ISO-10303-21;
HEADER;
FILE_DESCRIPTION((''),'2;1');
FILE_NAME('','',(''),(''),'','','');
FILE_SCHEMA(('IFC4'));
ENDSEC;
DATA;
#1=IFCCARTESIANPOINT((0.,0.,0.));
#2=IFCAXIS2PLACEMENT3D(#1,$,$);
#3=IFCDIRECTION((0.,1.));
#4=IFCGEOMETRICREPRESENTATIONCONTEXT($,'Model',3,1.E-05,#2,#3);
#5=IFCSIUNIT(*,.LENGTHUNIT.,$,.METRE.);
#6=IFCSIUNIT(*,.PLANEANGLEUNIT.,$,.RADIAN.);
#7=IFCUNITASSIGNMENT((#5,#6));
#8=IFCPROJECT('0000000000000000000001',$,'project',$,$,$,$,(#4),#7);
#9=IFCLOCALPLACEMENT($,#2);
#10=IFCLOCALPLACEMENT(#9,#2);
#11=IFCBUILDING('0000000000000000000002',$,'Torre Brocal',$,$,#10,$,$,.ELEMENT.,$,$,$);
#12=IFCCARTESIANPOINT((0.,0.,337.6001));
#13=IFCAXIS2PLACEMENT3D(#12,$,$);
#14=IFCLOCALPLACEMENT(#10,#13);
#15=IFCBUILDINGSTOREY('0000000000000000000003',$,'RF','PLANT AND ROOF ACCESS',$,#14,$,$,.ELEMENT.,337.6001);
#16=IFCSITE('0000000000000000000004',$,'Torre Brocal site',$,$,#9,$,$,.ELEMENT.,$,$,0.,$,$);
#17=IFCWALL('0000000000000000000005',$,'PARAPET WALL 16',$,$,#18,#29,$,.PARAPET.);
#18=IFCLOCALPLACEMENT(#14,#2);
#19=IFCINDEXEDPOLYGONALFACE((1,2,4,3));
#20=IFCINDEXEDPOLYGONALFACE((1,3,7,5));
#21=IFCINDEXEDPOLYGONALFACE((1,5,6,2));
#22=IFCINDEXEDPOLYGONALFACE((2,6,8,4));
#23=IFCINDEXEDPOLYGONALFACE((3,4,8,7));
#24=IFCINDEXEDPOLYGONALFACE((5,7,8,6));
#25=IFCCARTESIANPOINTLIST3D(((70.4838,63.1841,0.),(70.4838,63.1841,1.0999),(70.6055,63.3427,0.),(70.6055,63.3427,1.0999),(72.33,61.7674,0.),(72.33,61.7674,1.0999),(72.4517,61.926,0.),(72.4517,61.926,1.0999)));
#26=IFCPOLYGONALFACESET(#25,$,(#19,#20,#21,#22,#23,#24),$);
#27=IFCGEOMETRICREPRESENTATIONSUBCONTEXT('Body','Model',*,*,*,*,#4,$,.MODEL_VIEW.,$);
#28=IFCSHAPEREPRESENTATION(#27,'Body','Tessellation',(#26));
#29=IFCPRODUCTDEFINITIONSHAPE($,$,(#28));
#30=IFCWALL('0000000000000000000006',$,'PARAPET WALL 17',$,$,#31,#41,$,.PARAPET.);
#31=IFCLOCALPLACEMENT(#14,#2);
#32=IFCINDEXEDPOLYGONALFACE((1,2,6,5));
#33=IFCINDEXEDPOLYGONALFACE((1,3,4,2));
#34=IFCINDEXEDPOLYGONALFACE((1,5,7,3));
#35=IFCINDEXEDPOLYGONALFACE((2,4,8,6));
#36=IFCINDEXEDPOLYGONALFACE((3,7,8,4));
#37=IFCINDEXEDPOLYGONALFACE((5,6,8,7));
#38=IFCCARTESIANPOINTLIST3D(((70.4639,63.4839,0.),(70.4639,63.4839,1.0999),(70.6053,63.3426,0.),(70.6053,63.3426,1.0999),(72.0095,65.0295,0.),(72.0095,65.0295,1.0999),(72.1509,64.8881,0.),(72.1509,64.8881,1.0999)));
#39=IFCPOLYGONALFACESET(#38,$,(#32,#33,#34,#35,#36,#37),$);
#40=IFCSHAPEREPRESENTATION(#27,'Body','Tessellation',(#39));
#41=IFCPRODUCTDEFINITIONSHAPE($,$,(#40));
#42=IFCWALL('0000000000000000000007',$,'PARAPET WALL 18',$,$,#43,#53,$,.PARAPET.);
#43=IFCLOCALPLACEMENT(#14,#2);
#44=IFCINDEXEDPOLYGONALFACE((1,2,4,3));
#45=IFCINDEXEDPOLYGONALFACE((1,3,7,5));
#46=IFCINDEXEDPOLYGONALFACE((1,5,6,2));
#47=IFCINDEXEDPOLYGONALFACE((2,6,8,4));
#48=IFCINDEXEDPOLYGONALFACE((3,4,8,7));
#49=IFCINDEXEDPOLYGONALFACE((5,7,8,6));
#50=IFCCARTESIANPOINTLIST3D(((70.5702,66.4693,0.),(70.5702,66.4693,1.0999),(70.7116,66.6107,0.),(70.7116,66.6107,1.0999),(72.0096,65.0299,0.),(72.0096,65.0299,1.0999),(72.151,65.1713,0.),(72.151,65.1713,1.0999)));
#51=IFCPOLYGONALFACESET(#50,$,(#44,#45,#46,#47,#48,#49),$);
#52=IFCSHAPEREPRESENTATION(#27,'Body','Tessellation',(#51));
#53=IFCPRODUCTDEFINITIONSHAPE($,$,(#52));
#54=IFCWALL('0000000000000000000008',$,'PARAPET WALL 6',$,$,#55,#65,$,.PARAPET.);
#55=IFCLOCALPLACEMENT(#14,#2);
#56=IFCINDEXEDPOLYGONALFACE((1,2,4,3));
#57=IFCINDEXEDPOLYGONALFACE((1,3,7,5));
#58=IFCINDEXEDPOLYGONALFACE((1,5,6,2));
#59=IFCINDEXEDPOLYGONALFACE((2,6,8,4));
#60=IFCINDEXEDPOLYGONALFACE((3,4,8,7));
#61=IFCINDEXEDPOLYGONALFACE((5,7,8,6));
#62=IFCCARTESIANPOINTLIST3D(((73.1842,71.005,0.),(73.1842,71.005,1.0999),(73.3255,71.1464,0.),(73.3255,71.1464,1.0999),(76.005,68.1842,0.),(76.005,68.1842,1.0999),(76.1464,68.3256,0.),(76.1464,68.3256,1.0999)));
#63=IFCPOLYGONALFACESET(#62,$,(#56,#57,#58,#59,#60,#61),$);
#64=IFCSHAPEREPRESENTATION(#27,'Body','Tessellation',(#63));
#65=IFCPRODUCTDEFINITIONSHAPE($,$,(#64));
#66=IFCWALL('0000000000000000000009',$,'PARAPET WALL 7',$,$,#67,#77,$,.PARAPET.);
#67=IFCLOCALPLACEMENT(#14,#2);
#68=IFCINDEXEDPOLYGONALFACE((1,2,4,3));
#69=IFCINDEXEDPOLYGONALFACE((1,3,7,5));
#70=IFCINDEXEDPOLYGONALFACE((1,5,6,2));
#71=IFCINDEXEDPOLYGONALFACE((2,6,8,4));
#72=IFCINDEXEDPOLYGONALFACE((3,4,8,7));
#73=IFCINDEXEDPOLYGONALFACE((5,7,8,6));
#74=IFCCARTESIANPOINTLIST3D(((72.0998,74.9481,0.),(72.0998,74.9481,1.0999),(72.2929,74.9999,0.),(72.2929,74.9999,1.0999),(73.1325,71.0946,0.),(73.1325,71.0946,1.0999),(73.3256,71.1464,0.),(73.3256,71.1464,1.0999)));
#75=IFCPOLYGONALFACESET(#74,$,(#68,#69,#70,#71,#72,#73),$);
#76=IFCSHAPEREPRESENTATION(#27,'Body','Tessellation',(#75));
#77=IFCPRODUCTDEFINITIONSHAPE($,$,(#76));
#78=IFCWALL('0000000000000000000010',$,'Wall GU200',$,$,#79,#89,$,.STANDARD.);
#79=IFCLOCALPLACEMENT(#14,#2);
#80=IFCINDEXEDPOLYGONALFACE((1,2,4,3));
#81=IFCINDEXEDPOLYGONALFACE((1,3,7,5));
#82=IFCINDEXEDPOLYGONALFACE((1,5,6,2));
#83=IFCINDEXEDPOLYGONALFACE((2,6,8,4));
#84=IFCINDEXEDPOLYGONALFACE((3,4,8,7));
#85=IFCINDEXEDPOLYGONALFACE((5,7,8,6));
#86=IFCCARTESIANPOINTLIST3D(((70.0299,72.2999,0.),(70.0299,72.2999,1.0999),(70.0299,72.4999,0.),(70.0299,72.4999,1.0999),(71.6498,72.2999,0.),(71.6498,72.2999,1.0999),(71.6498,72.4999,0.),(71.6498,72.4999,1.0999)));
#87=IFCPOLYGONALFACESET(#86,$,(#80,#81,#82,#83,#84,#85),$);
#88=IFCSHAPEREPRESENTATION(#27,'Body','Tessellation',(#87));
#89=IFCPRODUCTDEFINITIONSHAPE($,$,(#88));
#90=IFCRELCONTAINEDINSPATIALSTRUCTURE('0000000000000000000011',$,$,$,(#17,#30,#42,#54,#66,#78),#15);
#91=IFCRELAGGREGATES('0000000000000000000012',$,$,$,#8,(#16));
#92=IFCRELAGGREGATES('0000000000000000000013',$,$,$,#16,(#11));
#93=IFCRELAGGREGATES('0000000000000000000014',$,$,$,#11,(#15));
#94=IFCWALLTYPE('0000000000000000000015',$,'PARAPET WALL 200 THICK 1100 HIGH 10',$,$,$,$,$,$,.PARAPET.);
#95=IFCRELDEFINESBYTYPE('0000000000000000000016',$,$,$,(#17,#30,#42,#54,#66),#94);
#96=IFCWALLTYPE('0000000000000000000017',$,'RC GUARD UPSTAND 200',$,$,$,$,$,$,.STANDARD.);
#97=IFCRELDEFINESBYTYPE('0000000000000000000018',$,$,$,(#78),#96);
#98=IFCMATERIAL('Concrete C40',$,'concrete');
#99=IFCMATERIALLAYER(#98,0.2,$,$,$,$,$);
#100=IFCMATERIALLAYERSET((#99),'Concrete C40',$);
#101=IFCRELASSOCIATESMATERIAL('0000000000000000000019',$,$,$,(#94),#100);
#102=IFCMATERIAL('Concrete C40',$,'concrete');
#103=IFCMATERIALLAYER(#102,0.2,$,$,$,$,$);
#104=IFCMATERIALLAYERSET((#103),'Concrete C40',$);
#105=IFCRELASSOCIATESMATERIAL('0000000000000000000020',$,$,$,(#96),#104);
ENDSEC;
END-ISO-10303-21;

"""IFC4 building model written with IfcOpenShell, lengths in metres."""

from ifc_helpers import new_model, si_unit, direction, frame, frame_2d, origin, place, context, subcontext, project, spatial, rectangle, extrude, material, layer, layer_set, type_object, element, save


model = new_model("IFC4")

# Units and contexts
model_context = context("Model", 3, precision=1e-05, world=origin(), true_north=direction((0.0, 1.0)))
body_context = subcontext(model_context, "Body", "Model", "MODEL_VIEW")
ifc_project = project(units=[si_unit("LENGTHUNIT", "METRE"), si_unit("PLANEANGLEUNIT", "RADIAN")], contexts=[model_context])

# Site, building, storey
site_placement = place(None, origin())
site = spatial("IfcSite", under=ifc_project, at=site_placement, Name="Torre Brocal site", CompositionType="ELEMENT", RefElevation=0.0)
building_placement = place(site_placement, origin())
building = spatial("IfcBuilding", under=site, at=building_placement, Name="Torre Brocal", CompositionType="ELEMENT")
storey_placement = place(building_placement, frame((0.0, 0.0, 337.6001)))
storey = spatial("IfcBuildingStorey", under=building, at=storey_placement, Name="RF", Description="PLANT AND ROOF ACCESS", CompositionType="ELEMENT", Elevation=337.6001)

# Walls
ifc_material_1 = material(Name="Concrete C40", Category="concrete")
ifc_layer_1 = layer(ifc_material_1, 0.2)
ifc_layer_set_1 = layer_set([ifc_layer_1], Name="Concrete C40")
wall_type_1 = type_object("IfcWallType", Name="PARAPET WALL 200 THICK 1100 HIGH 10", PredefinedType="PARAPET", material=ifc_layer_set_1)
wall_1_placement = place(storey_placement, frame((72.3909, 61.8467, 0.0), z_axis=(0.0, 0.0, 1.0), x_axis=(-0.793329, 0.608793, 0.0)))
element("IfcWall", 1, at=wall_1_placement, inside=storey, type_object=wall_type_1, Name="PARAPET WALL 16", PredefinedType="PARAPET", context=body_context, shape_type="SweptSolid", body=[
    extrude(rectangle(XDim=2.3271, YDim=0.2, at=frame_2d((1.1636, 0.0))), origin(), (0.0, 0.0, 1.0), 1.0999),
])
wall_2_placement = place(storey_placement, frame((70.5347, 63.4133, 0.0), z_axis=(0.0, 0.0, 1.0), x_axis=(0.707107, 0.707107, 0.0)))
element("IfcWall", 2, at=wall_2_placement, inside=storey, type_object=wall_type_1, Name="PARAPET WALL 17", PredefinedType="PARAPET", context=body_context, shape_type="SweptSolid", body=[
    extrude(rectangle(XDim=2.1858, YDim=0.2, at=frame_2d((1.0928, 0.0))), origin(), (0.0, 0.0, 1.0), 1.0999),
])
wall_3_placement = place(storey_placement, frame((72.0803, 65.1006, 0.0), z_axis=(0.0, 0.0, 1.0), x_axis=(-0.707107, 0.707107, 0.0)))
element("IfcWall", 3, at=wall_3_placement, inside=storey, type_object=wall_type_1, Name="PARAPET WALL 18", PredefinedType="PARAPET", context=body_context, shape_type="SweptSolid", body=[
    extrude(rectangle(XDim=2.0356, YDim=0.2, at=frame_2d((1.0178, 0.0))), origin(), (0.0, 0.0, 1.0), 1.0999),
])
wall_4_placement = place(storey_placement, frame((76.0757, 68.2549, 0.0), z_axis=(0.0, 0.0, 1.0), x_axis=(-0.707107, 0.707107, 0.0)))
element("IfcWall", 4, at=wall_4_placement, inside=storey, type_object=wall_type_1, Name="PARAPET WALL 6", PredefinedType="PARAPET", context=body_context, shape_type="SweptSolid", body=[
    extrude(rectangle(XDim=3.9893, YDim=0.2, at=frame_2d((1.9946, 0.0))), origin(), (0.0, 0.0, 1.0), 1.0999),
])
wall_5_placement = place(storey_placement, frame((73.229, 71.1206, 0.0), z_axis=(0.0, 0.0, 1.0), x_axis=(-0.258858, 0.965915, 0.0)))
element("IfcWall", 5, at=wall_5_placement, inside=storey, type_object=wall_type_1, Name="PARAPET WALL 7", PredefinedType="PARAPET", context=body_context, shape_type="SweptSolid", body=[
    extrude(rectangle(XDim=3.9895, YDim=0.2, at=frame_2d((1.9946, 0.0))), origin(), (0.0, 0.0, 1.0), 1.0999),
])
ifc_material_2 = material(Name="Concrete C40", Category="concrete")
ifc_layer_2 = layer(ifc_material_2, 0.2)
ifc_layer_set_2 = layer_set([ifc_layer_2], Name="Concrete C40")
wall_type_2 = type_object("IfcWallType", Name="RC GUARD UPSTAND 200", PredefinedType="STANDARD", material=ifc_layer_set_2)
wall_6_placement = place(storey_placement, frame((71.6499, 72.3999, 0.0), z_axis=(0.0, 0.0, 1.0), x_axis=(-1.0, 0.0, 0.0)))
element("IfcWall", 6, at=wall_6_placement, inside=storey, type_object=wall_type_2, Name="Wall GU200", PredefinedType="STANDARD", context=body_context, shape_type="SweptSolid", body=[
    extrude(rectangle(XDim=1.6199, YDim=0.2, at=frame_2d((0.8101, 0.0))), origin(), (0.0, 0.0, 1.0), 1.0999),
])

save(model, "model.ifc")
